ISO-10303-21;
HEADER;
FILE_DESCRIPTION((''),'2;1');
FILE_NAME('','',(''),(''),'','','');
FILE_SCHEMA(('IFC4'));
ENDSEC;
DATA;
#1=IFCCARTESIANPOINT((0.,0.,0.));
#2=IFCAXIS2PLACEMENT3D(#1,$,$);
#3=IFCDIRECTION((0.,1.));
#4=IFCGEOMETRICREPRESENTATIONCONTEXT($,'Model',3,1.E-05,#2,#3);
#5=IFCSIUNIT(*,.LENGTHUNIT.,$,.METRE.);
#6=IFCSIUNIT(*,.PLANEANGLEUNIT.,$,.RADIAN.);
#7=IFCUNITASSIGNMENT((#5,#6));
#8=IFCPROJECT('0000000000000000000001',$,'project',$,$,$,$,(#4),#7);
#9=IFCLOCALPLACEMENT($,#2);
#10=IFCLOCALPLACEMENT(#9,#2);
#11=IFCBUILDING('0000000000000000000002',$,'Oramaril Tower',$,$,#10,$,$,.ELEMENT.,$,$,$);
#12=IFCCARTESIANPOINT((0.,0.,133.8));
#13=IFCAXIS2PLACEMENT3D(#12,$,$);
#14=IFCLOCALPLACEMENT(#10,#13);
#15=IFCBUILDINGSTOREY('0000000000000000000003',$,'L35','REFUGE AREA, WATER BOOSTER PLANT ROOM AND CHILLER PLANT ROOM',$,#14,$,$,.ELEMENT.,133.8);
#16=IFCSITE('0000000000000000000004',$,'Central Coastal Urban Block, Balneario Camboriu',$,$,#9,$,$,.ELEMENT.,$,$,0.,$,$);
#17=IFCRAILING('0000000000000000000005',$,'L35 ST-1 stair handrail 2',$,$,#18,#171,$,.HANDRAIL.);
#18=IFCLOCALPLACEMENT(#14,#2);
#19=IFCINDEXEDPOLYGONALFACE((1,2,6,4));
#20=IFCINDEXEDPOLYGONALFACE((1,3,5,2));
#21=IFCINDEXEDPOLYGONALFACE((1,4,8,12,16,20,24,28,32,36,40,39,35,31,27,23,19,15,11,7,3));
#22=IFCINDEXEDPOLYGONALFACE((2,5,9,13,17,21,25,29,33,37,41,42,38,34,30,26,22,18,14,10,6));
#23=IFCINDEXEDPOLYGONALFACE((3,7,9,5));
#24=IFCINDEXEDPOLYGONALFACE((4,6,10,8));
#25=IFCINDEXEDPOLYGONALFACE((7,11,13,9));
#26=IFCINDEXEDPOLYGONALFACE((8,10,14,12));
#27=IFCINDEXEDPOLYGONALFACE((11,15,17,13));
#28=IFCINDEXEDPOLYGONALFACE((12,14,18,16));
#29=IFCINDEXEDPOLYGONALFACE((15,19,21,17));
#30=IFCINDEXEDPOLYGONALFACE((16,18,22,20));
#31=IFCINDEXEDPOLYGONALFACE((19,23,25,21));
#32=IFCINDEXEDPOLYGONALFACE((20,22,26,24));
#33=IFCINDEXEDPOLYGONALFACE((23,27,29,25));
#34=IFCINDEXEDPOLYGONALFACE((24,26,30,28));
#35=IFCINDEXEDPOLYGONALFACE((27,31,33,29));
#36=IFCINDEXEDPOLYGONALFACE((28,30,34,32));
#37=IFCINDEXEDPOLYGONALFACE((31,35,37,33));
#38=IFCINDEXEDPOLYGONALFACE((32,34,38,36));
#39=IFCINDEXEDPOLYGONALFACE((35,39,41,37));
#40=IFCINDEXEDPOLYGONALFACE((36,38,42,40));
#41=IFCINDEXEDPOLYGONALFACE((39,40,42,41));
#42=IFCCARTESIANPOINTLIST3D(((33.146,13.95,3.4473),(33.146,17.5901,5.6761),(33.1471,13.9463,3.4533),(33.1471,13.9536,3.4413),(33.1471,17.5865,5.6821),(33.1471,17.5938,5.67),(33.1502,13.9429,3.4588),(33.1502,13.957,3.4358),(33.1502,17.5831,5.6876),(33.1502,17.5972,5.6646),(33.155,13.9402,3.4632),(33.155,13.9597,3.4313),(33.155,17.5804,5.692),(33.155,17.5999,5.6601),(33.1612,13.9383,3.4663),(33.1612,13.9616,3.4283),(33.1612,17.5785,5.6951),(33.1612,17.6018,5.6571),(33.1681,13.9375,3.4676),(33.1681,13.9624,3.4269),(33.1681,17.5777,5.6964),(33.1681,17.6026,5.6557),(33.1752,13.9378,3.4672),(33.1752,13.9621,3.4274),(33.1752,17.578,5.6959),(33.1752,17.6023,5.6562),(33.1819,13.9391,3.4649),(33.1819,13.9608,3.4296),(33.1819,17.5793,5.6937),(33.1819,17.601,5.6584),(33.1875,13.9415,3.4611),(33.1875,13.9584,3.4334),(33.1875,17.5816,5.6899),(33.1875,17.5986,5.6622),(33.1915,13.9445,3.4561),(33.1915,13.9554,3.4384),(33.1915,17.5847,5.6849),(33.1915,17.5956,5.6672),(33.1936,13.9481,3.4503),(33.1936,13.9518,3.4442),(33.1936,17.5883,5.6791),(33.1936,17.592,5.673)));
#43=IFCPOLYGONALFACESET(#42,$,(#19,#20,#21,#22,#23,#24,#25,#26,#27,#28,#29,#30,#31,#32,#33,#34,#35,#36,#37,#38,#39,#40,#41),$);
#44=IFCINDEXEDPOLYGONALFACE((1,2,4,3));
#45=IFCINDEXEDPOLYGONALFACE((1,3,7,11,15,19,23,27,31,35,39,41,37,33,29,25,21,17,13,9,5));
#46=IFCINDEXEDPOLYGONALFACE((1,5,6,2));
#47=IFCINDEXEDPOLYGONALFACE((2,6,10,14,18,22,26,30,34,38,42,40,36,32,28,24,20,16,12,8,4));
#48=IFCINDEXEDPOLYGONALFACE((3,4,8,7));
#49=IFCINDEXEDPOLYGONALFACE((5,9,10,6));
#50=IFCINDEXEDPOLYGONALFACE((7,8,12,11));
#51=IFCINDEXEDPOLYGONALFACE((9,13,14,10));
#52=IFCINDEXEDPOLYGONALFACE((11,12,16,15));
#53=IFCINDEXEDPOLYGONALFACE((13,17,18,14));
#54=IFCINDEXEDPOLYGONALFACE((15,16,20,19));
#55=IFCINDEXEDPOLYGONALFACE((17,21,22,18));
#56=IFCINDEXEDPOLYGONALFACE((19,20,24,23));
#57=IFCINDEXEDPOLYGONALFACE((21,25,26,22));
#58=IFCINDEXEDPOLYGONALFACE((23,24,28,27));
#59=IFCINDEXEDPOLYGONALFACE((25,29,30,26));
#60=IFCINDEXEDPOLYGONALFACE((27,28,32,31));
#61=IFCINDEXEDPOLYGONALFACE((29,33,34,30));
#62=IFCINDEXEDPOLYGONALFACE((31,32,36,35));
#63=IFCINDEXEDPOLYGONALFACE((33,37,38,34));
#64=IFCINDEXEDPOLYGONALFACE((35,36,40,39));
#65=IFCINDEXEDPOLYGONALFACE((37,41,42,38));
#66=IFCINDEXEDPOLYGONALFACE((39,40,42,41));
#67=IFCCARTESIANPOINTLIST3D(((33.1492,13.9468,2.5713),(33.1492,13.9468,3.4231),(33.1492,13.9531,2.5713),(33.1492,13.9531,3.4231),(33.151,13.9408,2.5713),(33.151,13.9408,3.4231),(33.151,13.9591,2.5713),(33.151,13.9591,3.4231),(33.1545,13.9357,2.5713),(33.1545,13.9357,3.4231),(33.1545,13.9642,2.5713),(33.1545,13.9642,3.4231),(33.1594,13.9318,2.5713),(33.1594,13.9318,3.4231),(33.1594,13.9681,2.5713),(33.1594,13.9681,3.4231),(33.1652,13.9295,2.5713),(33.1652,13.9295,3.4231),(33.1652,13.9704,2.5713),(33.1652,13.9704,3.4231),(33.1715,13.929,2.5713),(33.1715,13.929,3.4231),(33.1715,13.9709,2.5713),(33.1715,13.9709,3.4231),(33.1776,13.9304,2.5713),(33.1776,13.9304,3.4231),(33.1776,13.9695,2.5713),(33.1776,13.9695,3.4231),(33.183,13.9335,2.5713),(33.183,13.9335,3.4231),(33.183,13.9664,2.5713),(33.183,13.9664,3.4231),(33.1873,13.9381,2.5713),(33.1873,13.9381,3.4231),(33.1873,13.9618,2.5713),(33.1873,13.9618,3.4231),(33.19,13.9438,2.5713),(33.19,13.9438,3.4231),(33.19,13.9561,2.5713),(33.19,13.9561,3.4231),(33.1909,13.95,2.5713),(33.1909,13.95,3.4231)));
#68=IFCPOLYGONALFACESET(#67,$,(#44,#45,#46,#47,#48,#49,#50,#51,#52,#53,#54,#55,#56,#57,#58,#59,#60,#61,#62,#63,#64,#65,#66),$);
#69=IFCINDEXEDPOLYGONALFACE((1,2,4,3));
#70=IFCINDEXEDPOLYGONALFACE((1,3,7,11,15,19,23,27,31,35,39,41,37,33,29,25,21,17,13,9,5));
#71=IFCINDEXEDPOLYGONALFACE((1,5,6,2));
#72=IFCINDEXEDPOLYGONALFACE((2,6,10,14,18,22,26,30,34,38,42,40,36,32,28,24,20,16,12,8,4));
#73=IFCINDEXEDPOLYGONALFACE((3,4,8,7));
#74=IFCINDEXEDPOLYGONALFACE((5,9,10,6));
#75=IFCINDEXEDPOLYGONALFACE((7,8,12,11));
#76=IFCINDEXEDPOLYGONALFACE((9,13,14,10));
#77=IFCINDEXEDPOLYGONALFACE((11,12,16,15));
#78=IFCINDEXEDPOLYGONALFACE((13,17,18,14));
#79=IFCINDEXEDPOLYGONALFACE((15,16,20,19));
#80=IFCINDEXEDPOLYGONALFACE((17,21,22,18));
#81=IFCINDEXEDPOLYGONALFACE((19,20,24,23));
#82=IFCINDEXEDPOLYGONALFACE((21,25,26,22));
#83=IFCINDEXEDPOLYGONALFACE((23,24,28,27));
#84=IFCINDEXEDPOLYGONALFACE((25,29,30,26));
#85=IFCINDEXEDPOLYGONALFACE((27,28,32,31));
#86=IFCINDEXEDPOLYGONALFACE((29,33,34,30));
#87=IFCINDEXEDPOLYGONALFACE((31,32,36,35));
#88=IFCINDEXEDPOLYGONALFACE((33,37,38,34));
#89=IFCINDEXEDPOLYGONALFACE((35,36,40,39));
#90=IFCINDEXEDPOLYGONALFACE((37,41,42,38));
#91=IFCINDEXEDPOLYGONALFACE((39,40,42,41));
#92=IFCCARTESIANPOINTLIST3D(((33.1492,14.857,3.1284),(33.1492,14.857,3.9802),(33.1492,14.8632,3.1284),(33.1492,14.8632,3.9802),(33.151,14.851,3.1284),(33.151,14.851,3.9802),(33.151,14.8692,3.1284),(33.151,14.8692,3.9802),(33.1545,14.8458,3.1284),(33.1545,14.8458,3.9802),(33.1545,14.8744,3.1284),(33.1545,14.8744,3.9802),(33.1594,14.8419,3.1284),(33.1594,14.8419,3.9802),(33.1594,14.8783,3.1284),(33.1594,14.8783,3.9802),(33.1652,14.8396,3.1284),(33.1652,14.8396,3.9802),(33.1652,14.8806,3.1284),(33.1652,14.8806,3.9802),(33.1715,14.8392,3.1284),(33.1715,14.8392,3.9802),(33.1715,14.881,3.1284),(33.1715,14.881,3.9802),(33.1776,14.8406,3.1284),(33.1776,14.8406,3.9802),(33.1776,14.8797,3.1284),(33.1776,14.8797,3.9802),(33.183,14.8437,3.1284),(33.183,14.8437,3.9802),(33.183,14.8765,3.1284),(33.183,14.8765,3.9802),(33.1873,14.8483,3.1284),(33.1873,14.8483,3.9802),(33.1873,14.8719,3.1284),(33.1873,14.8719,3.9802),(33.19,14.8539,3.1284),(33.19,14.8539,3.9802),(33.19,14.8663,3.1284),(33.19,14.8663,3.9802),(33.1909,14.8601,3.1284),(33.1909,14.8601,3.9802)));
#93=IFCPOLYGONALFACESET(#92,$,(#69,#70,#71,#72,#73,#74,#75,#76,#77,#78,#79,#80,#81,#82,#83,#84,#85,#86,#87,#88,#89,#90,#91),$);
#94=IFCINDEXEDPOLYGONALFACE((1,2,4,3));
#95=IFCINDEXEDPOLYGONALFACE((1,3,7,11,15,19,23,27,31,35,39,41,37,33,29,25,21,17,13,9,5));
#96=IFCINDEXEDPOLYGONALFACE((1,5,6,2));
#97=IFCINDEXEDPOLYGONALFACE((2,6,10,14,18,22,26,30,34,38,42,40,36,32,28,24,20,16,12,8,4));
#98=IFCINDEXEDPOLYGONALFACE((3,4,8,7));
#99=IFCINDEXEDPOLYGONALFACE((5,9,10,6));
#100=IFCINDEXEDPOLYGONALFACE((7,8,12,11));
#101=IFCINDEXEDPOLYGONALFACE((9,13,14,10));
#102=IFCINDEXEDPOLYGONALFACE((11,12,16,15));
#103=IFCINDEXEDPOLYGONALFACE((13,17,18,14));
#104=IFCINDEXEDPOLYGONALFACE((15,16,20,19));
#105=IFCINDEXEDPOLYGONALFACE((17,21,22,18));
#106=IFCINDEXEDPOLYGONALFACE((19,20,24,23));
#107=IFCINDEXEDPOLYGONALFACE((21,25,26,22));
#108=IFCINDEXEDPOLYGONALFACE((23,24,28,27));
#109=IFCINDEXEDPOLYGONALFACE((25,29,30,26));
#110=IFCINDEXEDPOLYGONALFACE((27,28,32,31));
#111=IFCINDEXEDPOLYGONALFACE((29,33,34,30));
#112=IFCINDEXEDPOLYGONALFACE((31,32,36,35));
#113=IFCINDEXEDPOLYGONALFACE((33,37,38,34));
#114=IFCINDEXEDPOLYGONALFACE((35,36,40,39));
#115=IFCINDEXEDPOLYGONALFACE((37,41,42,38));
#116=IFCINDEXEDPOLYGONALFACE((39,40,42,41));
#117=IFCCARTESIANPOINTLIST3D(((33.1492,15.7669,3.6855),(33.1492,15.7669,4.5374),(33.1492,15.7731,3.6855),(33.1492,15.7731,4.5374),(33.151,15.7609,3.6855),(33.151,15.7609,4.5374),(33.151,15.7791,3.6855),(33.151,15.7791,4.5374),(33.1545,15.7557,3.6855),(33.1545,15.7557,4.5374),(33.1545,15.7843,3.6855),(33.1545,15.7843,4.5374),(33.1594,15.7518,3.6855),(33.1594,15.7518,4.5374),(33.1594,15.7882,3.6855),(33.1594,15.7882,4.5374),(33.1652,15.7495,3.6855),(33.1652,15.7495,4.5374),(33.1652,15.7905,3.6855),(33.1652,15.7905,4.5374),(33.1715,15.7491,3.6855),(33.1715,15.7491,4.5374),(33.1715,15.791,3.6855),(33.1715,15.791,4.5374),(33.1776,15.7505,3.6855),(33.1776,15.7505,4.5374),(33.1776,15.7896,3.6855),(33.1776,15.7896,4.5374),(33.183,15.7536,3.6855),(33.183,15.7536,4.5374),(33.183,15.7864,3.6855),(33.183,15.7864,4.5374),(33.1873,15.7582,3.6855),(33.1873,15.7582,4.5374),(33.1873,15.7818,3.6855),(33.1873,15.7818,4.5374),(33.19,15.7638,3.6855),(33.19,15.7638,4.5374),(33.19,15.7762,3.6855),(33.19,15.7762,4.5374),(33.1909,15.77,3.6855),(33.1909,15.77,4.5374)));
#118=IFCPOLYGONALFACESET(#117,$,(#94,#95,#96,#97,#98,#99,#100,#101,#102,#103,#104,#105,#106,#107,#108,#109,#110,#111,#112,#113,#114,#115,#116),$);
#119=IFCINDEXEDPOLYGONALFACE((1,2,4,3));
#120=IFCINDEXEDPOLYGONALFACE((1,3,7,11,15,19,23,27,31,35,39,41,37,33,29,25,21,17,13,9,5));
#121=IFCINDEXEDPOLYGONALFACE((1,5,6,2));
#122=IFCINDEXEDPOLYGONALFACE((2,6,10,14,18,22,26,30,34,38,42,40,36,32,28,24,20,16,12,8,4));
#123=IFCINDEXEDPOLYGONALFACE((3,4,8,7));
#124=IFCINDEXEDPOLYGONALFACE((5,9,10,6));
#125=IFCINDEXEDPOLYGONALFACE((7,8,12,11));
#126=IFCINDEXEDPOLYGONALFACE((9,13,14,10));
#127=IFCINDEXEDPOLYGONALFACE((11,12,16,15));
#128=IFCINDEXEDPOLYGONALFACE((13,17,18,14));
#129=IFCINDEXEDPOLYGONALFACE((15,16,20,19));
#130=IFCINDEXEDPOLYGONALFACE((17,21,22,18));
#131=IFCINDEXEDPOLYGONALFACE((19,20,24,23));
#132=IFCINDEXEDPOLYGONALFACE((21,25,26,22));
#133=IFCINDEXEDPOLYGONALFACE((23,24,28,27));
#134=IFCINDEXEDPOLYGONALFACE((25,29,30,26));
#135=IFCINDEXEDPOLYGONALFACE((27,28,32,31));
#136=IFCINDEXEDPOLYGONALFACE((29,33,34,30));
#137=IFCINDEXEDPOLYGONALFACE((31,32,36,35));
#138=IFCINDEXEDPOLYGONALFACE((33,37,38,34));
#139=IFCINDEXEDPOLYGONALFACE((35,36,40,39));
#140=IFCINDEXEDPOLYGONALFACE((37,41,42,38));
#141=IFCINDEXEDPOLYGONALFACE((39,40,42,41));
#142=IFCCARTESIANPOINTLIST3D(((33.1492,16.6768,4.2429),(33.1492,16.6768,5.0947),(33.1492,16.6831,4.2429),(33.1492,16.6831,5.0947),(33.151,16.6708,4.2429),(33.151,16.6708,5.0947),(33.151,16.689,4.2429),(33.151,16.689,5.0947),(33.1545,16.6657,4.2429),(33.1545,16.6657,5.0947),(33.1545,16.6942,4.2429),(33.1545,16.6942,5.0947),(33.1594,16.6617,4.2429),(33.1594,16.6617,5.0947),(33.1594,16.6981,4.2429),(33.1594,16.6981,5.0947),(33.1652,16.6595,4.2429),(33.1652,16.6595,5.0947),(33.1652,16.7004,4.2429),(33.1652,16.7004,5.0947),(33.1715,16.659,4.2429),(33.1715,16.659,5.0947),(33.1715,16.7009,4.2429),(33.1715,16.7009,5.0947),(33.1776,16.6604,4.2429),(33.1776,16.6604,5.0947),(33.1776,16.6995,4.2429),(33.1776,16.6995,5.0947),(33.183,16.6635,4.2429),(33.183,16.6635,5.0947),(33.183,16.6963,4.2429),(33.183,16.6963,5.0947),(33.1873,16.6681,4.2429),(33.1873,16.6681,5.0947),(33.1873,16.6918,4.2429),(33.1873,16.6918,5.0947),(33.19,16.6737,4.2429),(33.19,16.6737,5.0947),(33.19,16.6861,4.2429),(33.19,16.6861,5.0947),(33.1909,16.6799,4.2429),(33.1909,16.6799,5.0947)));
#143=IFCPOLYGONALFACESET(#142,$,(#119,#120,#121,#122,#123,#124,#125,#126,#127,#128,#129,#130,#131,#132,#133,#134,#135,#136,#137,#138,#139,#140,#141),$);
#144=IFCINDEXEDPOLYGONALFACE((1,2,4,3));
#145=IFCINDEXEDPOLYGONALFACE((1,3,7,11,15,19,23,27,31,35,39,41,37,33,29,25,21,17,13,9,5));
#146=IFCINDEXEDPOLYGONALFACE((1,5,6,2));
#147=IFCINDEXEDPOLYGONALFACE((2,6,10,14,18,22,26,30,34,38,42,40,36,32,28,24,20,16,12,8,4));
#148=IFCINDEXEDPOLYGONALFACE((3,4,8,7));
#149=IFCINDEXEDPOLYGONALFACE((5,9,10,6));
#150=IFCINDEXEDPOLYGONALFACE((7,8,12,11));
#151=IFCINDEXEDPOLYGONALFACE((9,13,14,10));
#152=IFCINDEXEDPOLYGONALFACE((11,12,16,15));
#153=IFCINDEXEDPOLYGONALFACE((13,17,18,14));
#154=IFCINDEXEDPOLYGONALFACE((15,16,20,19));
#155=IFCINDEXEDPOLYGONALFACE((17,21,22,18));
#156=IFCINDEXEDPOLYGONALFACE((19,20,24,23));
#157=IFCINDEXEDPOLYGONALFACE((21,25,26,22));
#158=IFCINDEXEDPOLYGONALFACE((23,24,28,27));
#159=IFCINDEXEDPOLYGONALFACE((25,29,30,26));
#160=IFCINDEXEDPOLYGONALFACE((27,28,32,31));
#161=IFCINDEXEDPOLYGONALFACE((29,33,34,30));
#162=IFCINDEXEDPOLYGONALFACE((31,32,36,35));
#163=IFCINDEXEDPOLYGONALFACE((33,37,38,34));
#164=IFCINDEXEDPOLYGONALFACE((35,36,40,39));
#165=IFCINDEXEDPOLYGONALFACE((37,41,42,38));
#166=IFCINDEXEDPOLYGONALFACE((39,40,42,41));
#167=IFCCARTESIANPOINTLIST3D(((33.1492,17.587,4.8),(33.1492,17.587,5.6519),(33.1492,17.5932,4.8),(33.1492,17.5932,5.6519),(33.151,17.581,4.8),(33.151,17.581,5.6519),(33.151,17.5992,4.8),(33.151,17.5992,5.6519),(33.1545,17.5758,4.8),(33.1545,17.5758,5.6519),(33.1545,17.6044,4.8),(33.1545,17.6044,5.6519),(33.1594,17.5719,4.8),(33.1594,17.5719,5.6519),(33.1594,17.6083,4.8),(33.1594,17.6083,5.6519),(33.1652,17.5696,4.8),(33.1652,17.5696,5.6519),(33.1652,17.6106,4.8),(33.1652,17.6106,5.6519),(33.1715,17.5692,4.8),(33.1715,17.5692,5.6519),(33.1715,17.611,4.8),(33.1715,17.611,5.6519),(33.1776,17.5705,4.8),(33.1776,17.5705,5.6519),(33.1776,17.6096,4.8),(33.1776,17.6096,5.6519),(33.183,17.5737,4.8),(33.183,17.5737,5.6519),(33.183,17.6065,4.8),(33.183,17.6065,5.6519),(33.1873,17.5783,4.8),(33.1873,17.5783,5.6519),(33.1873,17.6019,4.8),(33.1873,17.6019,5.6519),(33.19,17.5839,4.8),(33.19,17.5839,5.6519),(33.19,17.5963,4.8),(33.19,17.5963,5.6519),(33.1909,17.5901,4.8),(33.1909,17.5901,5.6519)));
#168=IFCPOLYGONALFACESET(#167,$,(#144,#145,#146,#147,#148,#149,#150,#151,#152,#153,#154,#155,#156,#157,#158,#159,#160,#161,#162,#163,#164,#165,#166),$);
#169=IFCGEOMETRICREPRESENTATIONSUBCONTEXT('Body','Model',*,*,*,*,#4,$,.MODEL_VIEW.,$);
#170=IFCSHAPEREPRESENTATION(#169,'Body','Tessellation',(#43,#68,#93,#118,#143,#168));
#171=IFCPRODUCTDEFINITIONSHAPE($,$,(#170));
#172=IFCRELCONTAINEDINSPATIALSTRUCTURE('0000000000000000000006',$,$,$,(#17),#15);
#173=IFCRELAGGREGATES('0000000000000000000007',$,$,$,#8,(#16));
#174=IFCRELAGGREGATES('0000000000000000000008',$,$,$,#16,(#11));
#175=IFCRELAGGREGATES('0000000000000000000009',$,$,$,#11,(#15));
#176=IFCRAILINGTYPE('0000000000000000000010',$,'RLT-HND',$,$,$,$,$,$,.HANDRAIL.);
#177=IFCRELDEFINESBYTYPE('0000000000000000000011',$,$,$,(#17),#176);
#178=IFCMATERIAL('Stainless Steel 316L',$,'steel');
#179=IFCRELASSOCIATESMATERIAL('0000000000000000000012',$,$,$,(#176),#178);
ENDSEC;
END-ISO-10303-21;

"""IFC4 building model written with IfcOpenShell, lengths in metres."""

from ifc_helpers import new_model, si_unit, direction, frame, origin, origin_2d, place, context, subcontext, project, spatial, circle, extrude, material, type_object, element, save


model = new_model("IFC4")

# Units and contexts
model_context = context("Model", 3, precision=1e-05, world=origin(), true_north=direction((0.0, 1.0)))
body_context = subcontext(model_context, "Body", "Model", "MODEL_VIEW")
ifc_project = project(units=[si_unit("LENGTHUNIT", "METRE"), si_unit("PLANEANGLEUNIT", "RADIAN")], contexts=[model_context])

# Site, building, storey
site_placement = place(None, origin())
site = spatial("IfcSite", under=ifc_project, at=site_placement, Name="Central Coastal Urban Block, Balneario Camboriu", CompositionType="ELEMENT", RefElevation=0.0)
building_placement = place(site_placement, origin())
building = spatial("IfcBuilding", under=site, at=building_placement, Name="Oramaril Tower", CompositionType="ELEMENT")
storey_placement = place(building_placement, frame((0.0, 0.0, 133.8)))
storey = spatial("IfcBuildingStorey", under=building, at=storey_placement, Name="L35", Description="REFUGE AREA, WATER BOOSTER PLANT ROOM AND CHILLER PLANT ROOM", CompositionType="ELEMENT", Elevation=133.8)

# Railing
ifc_material_1 = material(Name="Stainless Steel 316L", Category="steel")
railing_type_1 = type_object("IfcRailingType", Name="RLT-HND", PredefinedType="HANDRAIL", material=ifc_material_1)
railing_1_placement = place(storey_placement, frame((33.1699, 13.95, 2.5713)))
element("IfcRailing", 1, at=railing_1_placement, inside=storey, type_object=railing_type_1, Name="L35 ST-1 stair handrail 2", PredefinedType="HANDRAIL", context=body_context, shape_type="SweptSolid", body=[
    extrude(circle(Radius=0.0239, at=origin_2d()), frame((0.0, 0.0, 0.876), z_axis=(0.0, 0.85284, 0.522172), x_axis=(-1.0, 0.0, 0.0)), (0.0, 0.0, 1.0), 4.2683),
    extrude(circle(Radius=0.021, at=origin_2d()), origin(), (0.0, 0.0, 1.0), 0.8518),
    extrude(circle(Radius=0.021, at=origin_2d()), frame((0.0, 0.9102, 0.5571)), (0.0, 0.0, 1.0), 0.8518),
    extrude(circle(Radius=0.021, at=origin_2d()), frame((0.0, 1.8201, 1.1143)), (0.0, 0.0, 1.0), 0.8518),
    extrude(circle(Radius=0.021, at=origin_2d()), frame((0.0, 2.73, 1.6716)), (0.0, 0.0, 1.0), 0.8518),
    extrude(circle(Radius=0.021, at=origin_2d()), frame((0.0, 3.6401, 2.2288)), (0.0, 0.0, 1.0), 0.8518),
])

save(model, "model.ifc")
